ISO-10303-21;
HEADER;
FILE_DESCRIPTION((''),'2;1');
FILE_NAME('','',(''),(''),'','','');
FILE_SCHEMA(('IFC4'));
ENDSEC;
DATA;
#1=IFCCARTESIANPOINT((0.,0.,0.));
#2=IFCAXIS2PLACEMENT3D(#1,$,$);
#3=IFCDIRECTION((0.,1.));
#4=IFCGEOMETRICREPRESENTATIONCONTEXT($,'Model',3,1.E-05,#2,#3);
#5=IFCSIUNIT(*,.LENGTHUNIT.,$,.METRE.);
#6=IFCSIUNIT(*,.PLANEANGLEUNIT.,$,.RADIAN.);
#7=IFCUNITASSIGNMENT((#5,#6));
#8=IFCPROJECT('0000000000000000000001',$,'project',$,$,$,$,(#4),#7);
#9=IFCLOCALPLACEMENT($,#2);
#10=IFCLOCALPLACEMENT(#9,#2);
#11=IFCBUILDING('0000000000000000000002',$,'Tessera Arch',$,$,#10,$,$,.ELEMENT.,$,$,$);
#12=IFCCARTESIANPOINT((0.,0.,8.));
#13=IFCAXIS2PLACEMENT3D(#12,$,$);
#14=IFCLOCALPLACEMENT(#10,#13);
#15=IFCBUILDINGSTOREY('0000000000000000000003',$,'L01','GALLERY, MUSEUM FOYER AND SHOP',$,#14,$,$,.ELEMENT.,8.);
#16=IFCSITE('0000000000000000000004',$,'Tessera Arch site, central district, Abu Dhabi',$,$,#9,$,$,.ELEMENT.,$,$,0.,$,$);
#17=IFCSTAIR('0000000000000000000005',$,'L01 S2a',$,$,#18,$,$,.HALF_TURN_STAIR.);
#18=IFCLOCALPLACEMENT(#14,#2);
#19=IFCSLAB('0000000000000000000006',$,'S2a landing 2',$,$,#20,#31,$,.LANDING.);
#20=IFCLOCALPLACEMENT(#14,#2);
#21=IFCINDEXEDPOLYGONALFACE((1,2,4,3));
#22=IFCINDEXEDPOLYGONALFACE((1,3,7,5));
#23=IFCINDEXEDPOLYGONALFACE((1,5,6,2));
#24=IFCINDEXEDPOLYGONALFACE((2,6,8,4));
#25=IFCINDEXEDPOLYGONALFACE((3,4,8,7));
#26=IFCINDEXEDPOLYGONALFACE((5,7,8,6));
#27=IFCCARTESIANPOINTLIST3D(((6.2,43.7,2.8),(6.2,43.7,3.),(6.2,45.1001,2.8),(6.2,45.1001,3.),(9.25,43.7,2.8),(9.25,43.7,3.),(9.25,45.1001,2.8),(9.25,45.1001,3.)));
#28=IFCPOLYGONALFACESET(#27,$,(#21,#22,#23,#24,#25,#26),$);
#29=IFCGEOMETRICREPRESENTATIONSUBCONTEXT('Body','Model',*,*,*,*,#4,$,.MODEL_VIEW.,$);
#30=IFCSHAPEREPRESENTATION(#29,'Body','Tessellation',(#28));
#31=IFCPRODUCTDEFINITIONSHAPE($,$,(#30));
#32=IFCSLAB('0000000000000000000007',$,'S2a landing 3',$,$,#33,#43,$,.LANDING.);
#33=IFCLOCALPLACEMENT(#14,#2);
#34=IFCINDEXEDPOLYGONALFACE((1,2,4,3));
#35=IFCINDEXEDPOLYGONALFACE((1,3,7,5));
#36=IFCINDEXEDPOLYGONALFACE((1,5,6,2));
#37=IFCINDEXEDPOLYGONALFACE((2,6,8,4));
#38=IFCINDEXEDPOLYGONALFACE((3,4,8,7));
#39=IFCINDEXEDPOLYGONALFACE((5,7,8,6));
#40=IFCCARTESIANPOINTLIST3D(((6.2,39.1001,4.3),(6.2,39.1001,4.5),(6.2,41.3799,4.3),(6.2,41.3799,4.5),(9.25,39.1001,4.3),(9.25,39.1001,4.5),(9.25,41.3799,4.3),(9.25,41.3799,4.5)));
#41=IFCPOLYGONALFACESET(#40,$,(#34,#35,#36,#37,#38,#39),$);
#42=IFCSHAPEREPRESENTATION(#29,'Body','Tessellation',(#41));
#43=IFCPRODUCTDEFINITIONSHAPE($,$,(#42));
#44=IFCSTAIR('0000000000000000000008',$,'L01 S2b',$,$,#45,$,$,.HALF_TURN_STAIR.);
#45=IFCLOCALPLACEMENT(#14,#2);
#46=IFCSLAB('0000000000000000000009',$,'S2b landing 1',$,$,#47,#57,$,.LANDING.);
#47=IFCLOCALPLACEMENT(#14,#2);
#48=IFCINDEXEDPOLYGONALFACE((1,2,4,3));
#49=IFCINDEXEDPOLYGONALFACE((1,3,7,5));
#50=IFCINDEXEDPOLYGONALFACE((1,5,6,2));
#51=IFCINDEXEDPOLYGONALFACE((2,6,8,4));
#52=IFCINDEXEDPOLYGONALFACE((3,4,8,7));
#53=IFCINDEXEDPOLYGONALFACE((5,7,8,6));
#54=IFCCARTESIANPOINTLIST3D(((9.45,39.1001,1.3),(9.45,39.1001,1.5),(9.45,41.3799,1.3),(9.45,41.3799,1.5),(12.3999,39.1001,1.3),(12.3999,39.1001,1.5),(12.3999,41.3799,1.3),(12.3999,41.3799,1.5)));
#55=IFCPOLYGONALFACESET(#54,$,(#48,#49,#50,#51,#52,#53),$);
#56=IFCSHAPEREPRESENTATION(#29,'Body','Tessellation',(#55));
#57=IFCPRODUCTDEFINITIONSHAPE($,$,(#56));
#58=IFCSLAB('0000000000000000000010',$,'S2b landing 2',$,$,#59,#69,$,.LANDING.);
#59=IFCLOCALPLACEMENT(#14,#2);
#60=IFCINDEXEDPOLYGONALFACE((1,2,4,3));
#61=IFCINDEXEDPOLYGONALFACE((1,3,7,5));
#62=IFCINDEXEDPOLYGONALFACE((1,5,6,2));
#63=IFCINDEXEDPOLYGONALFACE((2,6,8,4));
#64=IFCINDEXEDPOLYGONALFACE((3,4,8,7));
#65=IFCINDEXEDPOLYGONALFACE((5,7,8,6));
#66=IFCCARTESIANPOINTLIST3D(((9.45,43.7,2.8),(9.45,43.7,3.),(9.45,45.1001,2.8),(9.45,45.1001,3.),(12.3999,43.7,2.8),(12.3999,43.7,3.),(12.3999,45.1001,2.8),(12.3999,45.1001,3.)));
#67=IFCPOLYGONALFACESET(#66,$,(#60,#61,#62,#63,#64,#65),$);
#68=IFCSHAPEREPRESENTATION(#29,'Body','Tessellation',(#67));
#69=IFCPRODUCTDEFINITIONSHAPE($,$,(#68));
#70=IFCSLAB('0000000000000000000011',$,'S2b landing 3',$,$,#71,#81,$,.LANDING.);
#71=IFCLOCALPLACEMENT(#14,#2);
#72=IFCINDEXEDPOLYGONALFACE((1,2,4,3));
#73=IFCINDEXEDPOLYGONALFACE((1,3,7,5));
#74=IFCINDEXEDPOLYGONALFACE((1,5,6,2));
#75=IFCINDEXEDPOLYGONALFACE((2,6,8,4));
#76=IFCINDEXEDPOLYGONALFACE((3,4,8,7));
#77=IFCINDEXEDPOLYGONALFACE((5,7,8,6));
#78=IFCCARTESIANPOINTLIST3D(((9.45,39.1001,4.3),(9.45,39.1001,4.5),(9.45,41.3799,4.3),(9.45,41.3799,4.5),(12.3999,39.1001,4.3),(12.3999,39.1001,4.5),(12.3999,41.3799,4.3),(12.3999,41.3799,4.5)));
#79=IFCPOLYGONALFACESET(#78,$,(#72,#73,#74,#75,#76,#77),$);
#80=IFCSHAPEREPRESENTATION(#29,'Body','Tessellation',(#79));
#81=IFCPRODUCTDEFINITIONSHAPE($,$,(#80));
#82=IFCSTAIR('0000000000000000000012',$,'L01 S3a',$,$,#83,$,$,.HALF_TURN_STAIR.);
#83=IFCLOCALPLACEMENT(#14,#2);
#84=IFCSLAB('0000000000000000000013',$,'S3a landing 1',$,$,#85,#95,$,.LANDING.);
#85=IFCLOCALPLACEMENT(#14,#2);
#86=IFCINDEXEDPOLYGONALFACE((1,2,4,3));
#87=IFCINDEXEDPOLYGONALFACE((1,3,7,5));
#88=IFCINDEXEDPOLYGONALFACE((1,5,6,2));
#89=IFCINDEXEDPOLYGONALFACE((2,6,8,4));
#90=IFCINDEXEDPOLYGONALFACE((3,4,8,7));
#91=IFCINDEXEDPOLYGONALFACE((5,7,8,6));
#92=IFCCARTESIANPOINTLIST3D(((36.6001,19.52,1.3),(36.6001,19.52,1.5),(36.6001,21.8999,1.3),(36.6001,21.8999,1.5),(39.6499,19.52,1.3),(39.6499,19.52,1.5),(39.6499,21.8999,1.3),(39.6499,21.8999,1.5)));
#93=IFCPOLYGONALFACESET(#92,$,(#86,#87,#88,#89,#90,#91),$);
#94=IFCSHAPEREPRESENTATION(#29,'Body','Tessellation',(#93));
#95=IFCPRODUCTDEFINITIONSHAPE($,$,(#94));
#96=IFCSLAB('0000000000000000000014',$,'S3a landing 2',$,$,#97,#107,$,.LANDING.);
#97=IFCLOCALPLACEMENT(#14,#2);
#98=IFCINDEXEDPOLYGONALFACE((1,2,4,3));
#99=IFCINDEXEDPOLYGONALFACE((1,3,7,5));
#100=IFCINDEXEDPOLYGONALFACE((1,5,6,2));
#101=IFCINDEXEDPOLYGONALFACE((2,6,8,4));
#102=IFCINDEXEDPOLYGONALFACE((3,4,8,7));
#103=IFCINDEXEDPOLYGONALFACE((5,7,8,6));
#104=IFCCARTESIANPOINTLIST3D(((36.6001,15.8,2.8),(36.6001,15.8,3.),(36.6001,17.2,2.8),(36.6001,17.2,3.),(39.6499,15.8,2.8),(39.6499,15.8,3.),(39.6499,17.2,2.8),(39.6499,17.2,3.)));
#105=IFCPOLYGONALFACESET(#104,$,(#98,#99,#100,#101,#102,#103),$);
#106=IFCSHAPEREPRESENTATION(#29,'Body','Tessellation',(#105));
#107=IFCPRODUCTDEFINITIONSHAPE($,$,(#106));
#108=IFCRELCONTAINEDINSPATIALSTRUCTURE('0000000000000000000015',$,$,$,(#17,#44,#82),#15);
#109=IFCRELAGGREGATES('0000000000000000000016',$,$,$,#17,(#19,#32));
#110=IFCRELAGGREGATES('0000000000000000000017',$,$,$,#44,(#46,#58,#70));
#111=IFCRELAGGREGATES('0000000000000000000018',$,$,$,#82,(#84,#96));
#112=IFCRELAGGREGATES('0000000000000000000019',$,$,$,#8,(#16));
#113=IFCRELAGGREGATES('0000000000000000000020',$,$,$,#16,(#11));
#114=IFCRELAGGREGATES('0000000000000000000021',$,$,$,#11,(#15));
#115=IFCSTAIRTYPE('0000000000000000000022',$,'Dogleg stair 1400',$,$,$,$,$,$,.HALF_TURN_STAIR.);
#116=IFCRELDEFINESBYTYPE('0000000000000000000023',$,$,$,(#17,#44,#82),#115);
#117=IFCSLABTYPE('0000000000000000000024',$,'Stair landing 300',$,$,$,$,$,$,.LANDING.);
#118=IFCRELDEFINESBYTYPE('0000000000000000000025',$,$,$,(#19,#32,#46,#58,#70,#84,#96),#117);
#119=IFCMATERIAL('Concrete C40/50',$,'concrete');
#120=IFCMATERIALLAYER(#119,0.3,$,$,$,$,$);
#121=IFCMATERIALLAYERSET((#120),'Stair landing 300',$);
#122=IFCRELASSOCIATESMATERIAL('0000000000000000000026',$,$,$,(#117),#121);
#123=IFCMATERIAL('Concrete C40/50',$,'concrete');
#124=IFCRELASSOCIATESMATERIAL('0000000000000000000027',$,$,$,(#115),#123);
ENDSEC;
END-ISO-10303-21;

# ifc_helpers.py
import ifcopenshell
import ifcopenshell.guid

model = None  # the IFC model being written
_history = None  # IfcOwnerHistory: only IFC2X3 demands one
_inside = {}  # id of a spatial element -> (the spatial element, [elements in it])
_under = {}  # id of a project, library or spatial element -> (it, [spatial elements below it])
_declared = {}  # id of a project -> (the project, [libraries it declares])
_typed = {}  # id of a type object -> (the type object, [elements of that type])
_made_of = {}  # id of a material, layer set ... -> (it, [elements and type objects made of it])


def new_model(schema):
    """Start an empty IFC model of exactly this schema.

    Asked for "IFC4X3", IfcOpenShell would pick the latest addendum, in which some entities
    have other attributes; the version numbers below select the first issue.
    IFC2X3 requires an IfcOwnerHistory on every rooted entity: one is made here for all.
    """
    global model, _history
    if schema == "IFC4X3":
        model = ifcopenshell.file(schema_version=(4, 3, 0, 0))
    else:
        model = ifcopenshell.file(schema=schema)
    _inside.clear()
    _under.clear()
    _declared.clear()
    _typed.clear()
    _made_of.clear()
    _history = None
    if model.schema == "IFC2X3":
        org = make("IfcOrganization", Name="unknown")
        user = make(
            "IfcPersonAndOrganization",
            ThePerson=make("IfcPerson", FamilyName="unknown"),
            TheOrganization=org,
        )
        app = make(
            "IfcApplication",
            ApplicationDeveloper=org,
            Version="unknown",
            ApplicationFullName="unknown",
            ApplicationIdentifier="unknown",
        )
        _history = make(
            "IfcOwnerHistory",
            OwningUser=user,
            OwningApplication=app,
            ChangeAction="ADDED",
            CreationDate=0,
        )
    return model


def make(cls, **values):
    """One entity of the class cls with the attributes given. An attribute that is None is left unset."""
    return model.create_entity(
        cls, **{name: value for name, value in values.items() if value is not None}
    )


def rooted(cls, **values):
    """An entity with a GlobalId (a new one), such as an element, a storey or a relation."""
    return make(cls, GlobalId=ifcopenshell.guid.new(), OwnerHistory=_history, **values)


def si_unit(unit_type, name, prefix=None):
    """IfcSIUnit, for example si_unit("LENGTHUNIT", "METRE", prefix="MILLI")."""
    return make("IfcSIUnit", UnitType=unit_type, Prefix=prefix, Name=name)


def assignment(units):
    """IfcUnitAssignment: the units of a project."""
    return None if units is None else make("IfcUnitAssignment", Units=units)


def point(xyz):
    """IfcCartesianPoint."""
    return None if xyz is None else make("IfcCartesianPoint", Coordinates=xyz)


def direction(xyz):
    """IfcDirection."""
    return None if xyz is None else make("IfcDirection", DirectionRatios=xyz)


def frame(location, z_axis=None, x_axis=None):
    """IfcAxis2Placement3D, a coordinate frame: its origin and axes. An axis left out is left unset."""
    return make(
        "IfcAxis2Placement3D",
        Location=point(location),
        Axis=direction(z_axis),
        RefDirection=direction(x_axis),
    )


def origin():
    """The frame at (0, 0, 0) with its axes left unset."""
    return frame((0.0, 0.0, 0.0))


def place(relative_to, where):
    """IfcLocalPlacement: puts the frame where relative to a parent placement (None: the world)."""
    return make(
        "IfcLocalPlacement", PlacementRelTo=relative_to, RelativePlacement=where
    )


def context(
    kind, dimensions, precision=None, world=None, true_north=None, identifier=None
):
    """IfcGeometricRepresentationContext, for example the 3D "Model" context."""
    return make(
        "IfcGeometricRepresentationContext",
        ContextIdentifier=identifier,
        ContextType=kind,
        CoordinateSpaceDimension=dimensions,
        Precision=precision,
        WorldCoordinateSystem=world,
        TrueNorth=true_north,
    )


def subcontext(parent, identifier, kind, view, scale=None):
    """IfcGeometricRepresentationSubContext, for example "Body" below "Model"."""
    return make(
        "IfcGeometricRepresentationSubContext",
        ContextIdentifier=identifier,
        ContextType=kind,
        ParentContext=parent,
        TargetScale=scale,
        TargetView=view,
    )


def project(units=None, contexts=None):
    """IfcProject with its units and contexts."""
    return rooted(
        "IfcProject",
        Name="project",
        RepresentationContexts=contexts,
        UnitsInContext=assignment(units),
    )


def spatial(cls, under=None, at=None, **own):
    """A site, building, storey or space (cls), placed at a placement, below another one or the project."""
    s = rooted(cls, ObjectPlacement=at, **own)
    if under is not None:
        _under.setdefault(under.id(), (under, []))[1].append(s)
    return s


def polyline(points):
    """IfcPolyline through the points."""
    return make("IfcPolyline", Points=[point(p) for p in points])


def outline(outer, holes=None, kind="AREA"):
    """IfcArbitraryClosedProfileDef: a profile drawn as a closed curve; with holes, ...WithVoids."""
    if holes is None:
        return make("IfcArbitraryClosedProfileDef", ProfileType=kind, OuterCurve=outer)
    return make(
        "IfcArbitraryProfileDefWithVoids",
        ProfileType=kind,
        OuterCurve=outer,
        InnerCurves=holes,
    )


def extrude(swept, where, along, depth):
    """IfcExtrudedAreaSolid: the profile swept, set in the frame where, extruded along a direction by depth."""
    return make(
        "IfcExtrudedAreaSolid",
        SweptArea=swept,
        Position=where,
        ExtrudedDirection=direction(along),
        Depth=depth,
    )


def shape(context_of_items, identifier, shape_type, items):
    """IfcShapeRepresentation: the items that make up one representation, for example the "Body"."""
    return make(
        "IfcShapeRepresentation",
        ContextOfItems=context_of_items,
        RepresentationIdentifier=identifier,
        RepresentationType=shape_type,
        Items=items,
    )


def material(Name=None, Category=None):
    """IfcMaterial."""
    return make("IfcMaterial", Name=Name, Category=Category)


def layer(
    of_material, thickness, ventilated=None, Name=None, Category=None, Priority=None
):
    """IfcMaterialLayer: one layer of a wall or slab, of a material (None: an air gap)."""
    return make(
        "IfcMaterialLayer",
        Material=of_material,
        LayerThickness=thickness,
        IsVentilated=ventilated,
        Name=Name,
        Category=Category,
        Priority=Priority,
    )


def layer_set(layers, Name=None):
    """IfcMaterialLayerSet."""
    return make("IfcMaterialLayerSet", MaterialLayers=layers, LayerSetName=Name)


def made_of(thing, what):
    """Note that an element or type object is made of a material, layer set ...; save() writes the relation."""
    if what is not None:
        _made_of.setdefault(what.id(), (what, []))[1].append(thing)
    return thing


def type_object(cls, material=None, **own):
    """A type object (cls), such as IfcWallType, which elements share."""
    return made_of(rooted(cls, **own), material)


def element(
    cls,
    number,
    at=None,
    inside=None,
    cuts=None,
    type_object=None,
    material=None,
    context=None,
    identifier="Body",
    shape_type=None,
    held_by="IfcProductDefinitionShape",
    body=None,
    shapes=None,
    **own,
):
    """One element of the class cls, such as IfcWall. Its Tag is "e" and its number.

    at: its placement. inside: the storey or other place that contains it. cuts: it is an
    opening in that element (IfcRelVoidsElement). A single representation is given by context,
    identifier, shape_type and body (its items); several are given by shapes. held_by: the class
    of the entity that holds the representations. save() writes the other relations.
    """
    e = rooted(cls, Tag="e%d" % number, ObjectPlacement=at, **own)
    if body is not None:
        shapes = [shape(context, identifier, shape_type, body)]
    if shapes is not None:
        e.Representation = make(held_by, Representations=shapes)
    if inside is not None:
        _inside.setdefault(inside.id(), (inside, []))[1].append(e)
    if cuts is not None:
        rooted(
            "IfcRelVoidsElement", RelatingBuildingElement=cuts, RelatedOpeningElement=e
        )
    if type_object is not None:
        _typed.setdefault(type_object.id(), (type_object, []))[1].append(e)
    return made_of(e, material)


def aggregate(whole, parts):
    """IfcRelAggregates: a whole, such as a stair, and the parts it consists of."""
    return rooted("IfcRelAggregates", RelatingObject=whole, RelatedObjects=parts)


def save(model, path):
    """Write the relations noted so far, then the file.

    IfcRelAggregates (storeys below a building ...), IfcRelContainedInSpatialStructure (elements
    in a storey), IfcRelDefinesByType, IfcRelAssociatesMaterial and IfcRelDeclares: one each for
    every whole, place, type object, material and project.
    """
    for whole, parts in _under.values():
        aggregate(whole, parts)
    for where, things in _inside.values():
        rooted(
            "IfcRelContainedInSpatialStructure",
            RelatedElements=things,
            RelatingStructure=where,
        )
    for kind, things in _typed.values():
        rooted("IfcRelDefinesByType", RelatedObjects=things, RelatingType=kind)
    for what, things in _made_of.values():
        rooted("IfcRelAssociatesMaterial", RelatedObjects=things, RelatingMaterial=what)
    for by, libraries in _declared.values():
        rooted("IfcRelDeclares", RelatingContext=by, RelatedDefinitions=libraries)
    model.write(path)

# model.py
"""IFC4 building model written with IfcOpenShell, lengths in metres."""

from ifc_helpers import new_model, si_unit, direction, frame, origin, place, context, subcontext, project, spatial, polyline, outline, extrude, material, layer, layer_set, type_object, element, aggregate, save


model = new_model("IFC4")

# Units and contexts
model_context = context("Model", 3, precision=1e-05, world=origin(), true_north=direction((0.0, 1.0)))
body_context = subcontext(model_context, "Body", "Model", "MODEL_VIEW")
ifc_project = project(units=[si_unit("LENGTHUNIT", "METRE"), si_unit("PLANEANGLEUNIT", "RADIAN")], contexts=[model_context])

# Site, building, storey
site_placement = place(None, origin())
site = spatial("IfcSite", under=ifc_project, at=site_placement, Name="Tessera Arch site, central district, Abu Dhabi", CompositionType="ELEMENT", RefElevation=0.0)
building_placement = place(site_placement, origin())
building = spatial("IfcBuilding", under=site, at=building_placement, Name="Tessera Arch", CompositionType="ELEMENT")
storey_placement = place(building_placement, frame((0.0, 0.0, 8.0)))
storey = spatial("IfcBuildingStorey", under=building, at=storey_placement, Name="L01", Description="GALLERY, MUSEUM FOYER AND SHOP", CompositionType="ELEMENT", Elevation=8.0)

# Stairs, slabs
ifc_material_1 = material(Name="Concrete C40/50", Category="concrete")
ifc_layer = layer(ifc_material_1, 0.3)
ifc_layer_set = layer_set([ifc_layer], Name="Stair landing 300")
slab_type = type_object("IfcSlabType", Name="Stair landing 300", PredefinedType="LANDING", material=ifc_layer_set)
ifc_material_2 = material(Name="Concrete C40/50", Category="concrete")
stair_type_1 = type_object("IfcStairType", Name="Dogleg stair 1400", PredefinedType="HALF_TURN_STAIR", material=ifc_material_2)
stair_1_placement = place(storey_placement, origin())
stair_1 = element("IfcStair", 1, at=stair_1_placement, inside=storey, type_object=stair_type_1, Name="L01 S2a", PredefinedType="HALF_TURN_STAIR")
slab_1_placement = place(storey_placement, frame((0.0, 0.0, 2.8)))
slab_1 = element("IfcSlab", 2, at=slab_1_placement, type_object=slab_type, Name="S2a landing 2", PredefinedType="LANDING", context=body_context, shape_type="SweptSolid", body=[
    extrude(outline(polyline([(6.2, 45.1001), (6.2, 43.7), (9.25, 43.7), (9.25, 45.1001), (6.2, 45.1001)])), origin(), (0.0, 0.0, 1.0), 0.2),
])
slab_2_placement = place(storey_placement, frame((0.0, 0.0, 4.3)))
slab_2 = element("IfcSlab", 3, at=slab_2_placement, type_object=slab_type, Name="S2a landing 3", PredefinedType="LANDING", context=body_context, shape_type="SweptSolid", body=[
    extrude(outline(polyline([(6.2, 41.3799), (6.2, 39.1001), (9.25, 39.1001), (9.25, 41.3799), (6.2, 41.3799)])), origin(), (0.0, 0.0, 1.0), 0.2),
])
aggregate(stair_1, [slab_1, slab_2])
stair_2_placement = place(storey_placement, origin())
stair_2 = element("IfcStair", 4, at=stair_2_placement, inside=storey, type_object=stair_type_1, Name="L01 S2b", PredefinedType="HALF_TURN_STAIR")
slab_3_placement = place(storey_placement, frame((0.0, 0.0, 1.3)))
slab_3 = element("IfcSlab", 5, at=slab_3_placement, type_object=slab_type, Name="S2b landing 1", PredefinedType="LANDING", context=body_context, shape_type="SweptSolid", body=[
    extrude(outline(polyline([(9.45, 41.3799), (9.45, 39.1001), (12.3999, 39.1001), (12.3999, 41.3799), (9.45, 41.3799)])), origin(), (0.0, 0.0, 1.0), 0.2),
])
slab_4_placement = place(storey_placement, frame((0.0, 0.0, 2.8)))
slab_4 = element("IfcSlab", 6, at=slab_4_placement, type_object=slab_type, Name="S2b landing 2", PredefinedType="LANDING", context=body_context, shape_type="SweptSolid", body=[
    extrude(outline(polyline([(9.45, 45.1001), (9.45, 43.7), (12.3999, 43.7), (12.3999, 45.1001), (9.45, 45.1001)])), origin(), (0.0, 0.0, 1.0), 0.2),
])
slab_5_placement = place(storey_placement, frame((0.0, 0.0, 4.3)))
slab_5 = element("IfcSlab", 7, at=slab_5_placement, type_object=slab_type, Name="S2b landing 3", PredefinedType="LANDING", context=body_context, shape_type="SweptSolid", body=[
    extrude(outline(polyline([(9.45, 41.3799), (9.45, 39.1001), (12.3999, 39.1001), (12.3999, 41.3799), (9.45, 41.3799)])), origin(), (0.0, 0.0, 1.0), 0.2),
])
aggregate(stair_2, [slab_3, slab_4, slab_5])
stair_3_placement = place(storey_placement, origin())
stair_3 = element("IfcStair", 8, at=stair_3_placement, inside=storey, type_object=stair_type_1, Name="L01 S3a", PredefinedType="HALF_TURN_STAIR")
slab_6_placement = place(storey_placement, frame((0.0, 0.0, 1.3)))
slab_6 = element("IfcSlab", 9, at=slab_6_placement, type_object=slab_type, Name="S3a landing 1", PredefinedType="LANDING", context=body_context, shape_type="SweptSolid", body=[
    extrude(outline(polyline([(39.6499, 19.52), (39.6499, 21.8999), (36.6001, 21.8999), (36.6001, 19.52), (39.6499, 19.52)])), origin(), (0.0, 0.0, 1.0), 0.2),
])
slab_7_placement = place(storey_placement, frame((0.0, 0.0, 2.8)))
slab_7 = element("IfcSlab", 10, at=slab_7_placement, type_object=slab_type, Name="S3a landing 2", PredefinedType="LANDING", context=body_context, shape_type="SweptSolid", body=[
    extrude(outline(polyline([(39.6499, 15.8), (39.6499, 17.2), (36.6001, 17.2), (36.6001, 15.8), (39.6499, 15.8)])), origin(), (0.0, 0.0, 1.0), 0.2),
])
aggregate(stair_3, [slab_6, slab_7])

save(model, "model.ifc")
